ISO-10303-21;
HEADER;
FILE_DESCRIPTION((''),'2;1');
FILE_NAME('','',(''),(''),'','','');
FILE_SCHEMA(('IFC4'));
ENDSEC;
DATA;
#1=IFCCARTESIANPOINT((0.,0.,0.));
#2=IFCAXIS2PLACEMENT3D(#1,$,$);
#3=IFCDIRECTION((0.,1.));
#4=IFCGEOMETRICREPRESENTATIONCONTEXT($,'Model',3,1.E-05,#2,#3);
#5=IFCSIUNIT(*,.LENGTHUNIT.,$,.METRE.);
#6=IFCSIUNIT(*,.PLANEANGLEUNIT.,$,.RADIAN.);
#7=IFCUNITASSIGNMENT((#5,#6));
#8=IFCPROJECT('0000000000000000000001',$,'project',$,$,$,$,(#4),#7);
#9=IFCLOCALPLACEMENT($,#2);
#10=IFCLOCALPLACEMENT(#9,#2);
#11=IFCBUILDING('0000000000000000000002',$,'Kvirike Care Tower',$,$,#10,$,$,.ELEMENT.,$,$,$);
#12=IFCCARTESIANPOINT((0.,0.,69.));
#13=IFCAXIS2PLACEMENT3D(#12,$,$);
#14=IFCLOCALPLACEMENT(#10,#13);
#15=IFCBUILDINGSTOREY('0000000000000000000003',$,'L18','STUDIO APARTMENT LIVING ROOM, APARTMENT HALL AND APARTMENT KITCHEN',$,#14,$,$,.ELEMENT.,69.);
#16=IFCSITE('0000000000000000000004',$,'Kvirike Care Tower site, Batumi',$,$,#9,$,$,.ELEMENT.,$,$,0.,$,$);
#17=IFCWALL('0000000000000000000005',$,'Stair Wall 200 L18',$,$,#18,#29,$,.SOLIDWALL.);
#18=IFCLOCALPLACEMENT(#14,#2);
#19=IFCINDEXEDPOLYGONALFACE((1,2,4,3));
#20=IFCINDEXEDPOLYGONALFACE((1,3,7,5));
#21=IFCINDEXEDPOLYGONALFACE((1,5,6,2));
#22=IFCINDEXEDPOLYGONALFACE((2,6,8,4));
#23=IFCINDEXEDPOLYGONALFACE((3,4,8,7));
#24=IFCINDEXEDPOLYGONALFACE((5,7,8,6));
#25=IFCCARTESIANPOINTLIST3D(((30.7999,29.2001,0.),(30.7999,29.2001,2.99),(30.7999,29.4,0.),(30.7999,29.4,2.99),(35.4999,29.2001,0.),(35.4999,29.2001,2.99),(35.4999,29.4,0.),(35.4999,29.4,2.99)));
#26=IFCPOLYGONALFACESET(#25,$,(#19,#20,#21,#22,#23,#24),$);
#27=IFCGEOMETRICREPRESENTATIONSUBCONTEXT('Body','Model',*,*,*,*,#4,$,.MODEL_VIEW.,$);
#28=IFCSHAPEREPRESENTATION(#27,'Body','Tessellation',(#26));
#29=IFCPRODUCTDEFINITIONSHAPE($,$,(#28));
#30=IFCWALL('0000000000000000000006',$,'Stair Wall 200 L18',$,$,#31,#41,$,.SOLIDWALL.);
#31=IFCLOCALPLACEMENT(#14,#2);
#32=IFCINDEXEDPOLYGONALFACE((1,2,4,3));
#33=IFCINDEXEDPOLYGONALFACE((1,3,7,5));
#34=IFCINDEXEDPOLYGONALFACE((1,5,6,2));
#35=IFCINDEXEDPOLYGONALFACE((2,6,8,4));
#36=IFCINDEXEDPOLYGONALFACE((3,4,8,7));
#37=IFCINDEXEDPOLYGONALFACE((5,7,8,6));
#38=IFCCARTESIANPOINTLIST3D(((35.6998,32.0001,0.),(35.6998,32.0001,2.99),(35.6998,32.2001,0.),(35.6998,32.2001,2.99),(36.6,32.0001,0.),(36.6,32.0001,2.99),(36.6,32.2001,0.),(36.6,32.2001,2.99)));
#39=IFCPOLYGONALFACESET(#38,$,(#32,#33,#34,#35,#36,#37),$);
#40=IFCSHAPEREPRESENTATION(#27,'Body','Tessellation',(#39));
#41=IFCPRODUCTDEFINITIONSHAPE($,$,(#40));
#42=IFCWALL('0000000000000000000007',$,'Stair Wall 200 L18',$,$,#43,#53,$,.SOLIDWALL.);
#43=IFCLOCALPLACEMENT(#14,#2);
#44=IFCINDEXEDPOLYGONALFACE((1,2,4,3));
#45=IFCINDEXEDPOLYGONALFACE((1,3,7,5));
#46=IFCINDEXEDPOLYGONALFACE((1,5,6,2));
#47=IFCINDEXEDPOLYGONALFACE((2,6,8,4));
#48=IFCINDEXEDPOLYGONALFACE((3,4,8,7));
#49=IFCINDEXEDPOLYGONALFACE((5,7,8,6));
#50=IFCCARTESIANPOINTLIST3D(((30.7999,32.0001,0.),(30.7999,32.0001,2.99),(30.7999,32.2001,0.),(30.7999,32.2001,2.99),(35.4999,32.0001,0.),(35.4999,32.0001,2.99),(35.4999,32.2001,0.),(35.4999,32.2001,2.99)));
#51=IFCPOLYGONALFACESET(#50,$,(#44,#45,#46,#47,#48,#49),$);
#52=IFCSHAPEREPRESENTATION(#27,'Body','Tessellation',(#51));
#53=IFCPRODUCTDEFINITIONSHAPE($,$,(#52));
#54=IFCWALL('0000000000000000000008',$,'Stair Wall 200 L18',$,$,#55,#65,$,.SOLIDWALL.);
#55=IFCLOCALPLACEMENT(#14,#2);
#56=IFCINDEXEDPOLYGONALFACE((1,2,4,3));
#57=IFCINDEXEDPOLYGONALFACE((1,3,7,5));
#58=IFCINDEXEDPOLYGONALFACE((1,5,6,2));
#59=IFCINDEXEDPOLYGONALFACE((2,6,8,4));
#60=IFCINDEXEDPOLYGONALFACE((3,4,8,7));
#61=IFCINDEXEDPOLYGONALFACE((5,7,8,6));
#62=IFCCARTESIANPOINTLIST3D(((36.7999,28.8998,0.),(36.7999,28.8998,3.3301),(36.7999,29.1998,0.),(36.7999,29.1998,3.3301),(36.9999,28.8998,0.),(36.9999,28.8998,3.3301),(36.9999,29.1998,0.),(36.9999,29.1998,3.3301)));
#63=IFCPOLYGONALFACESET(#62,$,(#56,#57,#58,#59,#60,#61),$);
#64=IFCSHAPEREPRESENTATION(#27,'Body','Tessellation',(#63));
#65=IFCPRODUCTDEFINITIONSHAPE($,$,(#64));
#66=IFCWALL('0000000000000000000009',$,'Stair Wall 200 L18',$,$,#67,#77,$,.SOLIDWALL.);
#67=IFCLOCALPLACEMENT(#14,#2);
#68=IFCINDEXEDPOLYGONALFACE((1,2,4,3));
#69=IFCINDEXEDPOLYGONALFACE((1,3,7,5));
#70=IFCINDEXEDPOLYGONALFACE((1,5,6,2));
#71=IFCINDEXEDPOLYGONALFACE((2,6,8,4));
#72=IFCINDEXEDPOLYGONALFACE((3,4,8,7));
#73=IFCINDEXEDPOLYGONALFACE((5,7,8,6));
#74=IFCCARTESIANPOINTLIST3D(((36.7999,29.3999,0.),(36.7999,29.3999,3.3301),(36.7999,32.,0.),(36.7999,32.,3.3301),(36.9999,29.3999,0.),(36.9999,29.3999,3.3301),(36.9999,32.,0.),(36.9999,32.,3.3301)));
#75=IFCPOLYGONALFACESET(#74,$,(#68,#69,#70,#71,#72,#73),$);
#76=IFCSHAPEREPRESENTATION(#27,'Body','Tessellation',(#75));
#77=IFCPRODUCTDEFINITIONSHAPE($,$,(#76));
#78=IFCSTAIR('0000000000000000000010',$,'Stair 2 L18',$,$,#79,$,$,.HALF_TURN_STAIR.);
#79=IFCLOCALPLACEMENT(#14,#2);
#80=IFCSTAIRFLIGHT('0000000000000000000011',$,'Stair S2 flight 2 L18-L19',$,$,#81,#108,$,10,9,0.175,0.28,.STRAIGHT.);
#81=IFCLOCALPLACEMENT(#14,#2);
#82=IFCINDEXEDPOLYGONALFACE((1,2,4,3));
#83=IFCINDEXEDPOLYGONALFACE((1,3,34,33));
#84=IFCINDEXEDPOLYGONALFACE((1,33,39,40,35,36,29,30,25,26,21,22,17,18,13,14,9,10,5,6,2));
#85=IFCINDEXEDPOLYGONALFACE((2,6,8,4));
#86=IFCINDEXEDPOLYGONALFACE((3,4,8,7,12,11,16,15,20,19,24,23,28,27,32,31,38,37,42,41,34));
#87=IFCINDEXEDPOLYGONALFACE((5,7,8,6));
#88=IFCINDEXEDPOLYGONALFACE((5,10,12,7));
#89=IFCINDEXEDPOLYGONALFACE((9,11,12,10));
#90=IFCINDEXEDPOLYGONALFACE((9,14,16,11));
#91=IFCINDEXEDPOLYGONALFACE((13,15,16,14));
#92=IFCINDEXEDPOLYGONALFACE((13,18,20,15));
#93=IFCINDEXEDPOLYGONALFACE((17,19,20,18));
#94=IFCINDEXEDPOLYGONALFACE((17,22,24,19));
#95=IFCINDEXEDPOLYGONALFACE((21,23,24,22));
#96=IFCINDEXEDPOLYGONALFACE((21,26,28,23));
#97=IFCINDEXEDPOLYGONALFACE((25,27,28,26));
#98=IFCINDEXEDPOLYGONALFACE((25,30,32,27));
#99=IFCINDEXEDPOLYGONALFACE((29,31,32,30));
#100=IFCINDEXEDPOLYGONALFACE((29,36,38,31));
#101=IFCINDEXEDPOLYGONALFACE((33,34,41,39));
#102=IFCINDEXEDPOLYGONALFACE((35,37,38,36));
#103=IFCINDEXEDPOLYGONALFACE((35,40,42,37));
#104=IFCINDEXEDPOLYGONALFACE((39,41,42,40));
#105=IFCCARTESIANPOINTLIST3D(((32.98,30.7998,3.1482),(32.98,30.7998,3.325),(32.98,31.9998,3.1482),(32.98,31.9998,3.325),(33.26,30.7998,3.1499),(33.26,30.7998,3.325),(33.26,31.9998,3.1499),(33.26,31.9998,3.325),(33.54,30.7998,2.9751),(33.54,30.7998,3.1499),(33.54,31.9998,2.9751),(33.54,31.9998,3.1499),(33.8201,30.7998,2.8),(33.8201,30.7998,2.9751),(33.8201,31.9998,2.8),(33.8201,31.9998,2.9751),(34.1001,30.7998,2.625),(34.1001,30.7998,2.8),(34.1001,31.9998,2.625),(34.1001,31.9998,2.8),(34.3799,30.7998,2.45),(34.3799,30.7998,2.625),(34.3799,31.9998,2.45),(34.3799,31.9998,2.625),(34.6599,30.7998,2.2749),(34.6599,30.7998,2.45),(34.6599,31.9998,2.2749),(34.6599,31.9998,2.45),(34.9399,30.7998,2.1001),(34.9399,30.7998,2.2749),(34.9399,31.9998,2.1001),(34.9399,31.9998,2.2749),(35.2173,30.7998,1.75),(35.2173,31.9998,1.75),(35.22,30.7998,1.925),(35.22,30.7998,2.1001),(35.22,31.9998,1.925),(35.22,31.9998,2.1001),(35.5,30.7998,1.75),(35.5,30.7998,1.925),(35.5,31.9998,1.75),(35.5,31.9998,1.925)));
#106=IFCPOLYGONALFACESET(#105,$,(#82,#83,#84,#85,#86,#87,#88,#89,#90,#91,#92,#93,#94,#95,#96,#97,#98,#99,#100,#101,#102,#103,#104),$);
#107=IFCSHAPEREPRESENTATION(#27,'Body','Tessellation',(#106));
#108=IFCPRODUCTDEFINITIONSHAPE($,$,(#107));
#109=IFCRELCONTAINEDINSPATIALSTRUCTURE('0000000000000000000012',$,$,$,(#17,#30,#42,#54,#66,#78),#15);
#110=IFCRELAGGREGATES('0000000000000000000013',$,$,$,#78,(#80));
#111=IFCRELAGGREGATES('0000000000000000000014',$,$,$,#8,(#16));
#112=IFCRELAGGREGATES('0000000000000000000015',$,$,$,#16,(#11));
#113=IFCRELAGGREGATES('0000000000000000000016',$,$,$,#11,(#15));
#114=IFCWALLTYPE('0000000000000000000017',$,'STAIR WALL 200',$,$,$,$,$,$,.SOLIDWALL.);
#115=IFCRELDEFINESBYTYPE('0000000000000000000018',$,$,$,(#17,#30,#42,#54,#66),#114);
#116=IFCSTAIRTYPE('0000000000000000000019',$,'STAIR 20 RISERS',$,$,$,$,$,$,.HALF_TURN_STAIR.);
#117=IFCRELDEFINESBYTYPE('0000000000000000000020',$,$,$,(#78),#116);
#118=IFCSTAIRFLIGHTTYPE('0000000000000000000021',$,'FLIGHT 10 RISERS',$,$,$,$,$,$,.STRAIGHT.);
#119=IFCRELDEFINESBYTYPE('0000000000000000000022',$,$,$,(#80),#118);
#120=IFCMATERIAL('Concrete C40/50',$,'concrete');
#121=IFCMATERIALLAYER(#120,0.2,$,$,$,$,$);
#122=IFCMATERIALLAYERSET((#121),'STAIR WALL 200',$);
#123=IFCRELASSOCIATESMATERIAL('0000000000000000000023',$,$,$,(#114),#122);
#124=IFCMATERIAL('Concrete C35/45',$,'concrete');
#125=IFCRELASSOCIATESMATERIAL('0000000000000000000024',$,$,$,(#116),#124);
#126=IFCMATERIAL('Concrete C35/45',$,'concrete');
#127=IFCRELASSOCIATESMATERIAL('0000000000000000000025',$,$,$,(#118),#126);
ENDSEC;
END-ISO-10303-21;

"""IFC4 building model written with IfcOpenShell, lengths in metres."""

from ifc_helpers import new_model, si_unit, direction, frame, frame_2d, origin, place, context, subcontext, project, spatial, polyline, rectangle, outline, extrude, material, layer, layer_set, type_object, element, aggregate, save


model = new_model("IFC4")

# Units and contexts
model_context = context("Model", 3, precision=1e-05, world=origin(), true_north=direction((0.0, 1.0)))
body_context = subcontext(model_context, "Body", "Model", "MODEL_VIEW")
ifc_project = project(units=[si_unit("LENGTHUNIT", "METRE"), si_unit("PLANEANGLEUNIT", "RADIAN")], contexts=[model_context])

# Site, building, storey
site_placement = place(None, origin())
site = spatial("IfcSite", under=ifc_project, at=site_placement, Name="Kvirike Care Tower site, Batumi", CompositionType="ELEMENT", RefElevation=0.0)
building_placement = place(site_placement, origin())
building = spatial("IfcBuilding", under=site, at=building_placement, Name="Kvirike Care Tower", CompositionType="ELEMENT")
storey_placement = place(building_placement, frame((0.0, 0.0, 69.0)))
storey = spatial("IfcBuildingStorey", under=building, at=storey_placement, Name="L18", Description="STUDIO APARTMENT LIVING ROOM, APARTMENT HALL AND APARTMENT KITCHEN", CompositionType="ELEMENT", Elevation=69.0)

# Walls
ifc_material_1 = material(Name="Concrete C40/50", Category="concrete")
ifc_layer_1 = layer(ifc_material_1, 0.2)
ifc_layer_set_1 = layer_set([ifc_layer_1], Name="STAIR WALL 200")
wall_type_1 = type_object("IfcWallType", Name="STAIR WALL 200", PredefinedType="SOLIDWALL", material=ifc_layer_set_1)
wall_1_placement = place(storey_placement, frame((35.5, 29.3, 0.0), z_axis=(0.0, 0.0, 1.0), x_axis=(-1.0, 0.0, 0.0)))
element("IfcWall", 1, at=wall_1_placement, inside=storey, type_object=wall_type_1, Name="Stair Wall 200 L18", PredefinedType="SOLIDWALL", context=body_context, shape_type="SweptSolid", body=[
    extrude(rectangle(XDim=4.7, YDim=0.2, at=frame_2d((2.3501, 0.0))), origin(), (0.0, 0.0, 1.0), 2.99),
])
wall_2_placement = place(storey_placement, frame((36.6001, 32.1001, 0.0), z_axis=(0.0, 0.0, 1.0), x_axis=(-1.0, 0.0, 0.0)))
element("IfcWall", 2, at=wall_2_placement, inside=storey, type_object=wall_type_1, Name="Stair Wall 200 L18", PredefinedType="SOLIDWALL", context=body_context, shape_type="SweptSolid", body=[
    extrude(rectangle(XDim=0.9001, YDim=0.2, at=frame_2d((0.4502, 0.0))), origin(), (0.0, 0.0, 1.0), 2.99),
])
wall_3_placement = place(storey_placement, frame((35.5, 32.1001, 0.0), z_axis=(0.0, 0.0, 1.0), x_axis=(-1.0, 0.0, 0.0)))
element("IfcWall", 3, at=wall_3_placement, inside=storey, type_object=wall_type_1, Name="Stair Wall 200 L18", PredefinedType="SOLIDWALL", context=body_context, shape_type="SweptSolid", body=[
    extrude(rectangle(XDim=4.7, YDim=0.2, at=frame_2d((2.3501, 0.0))), origin(), (0.0, 0.0, 1.0), 2.99),
])
wall_4_placement = place(storey_placement, frame((36.8999, 28.8999, 0.0), z_axis=(0.0, 0.0, 1.0), x_axis=(0.0, 1.0, 0.0)))
element("IfcWall", 4, at=wall_4_placement, inside=storey, type_object=wall_type_1, Name="Stair Wall 200 L18", PredefinedType="SOLIDWALL", context=body_context, shape_type="SweptSolid", body=[
    extrude(rectangle(XDim=0.3, YDim=0.2, at=frame_2d((0.1499, 0.0))), origin(), (0.0, 0.0, 1.0), 3.3301),
])
wall_5_placement = place(storey_placement, frame((36.8999, 29.3999, 0.0), z_axis=(0.0, 0.0, 1.0), x_axis=(0.0, 1.0, 0.0)))
element("IfcWall", 5, at=wall_5_placement, inside=storey, type_object=wall_type_1, Name="Stair Wall 200 L18", PredefinedType="SOLIDWALL", context=body_context, shape_type="SweptSolid", body=[
    extrude(rectangle(XDim=2.6001, YDim=0.2, at=frame_2d((1.3, 0.0))), origin(), (0.0, 0.0, 1.0), 3.3301),
])

# Stair, stair flight
ifc_material_2 = material(Name="Concrete C35/45", Category="concrete")
stair_type = type_object("IfcStairType", Name="STAIR 20 RISERS", PredefinedType="HALF_TURN_STAIR", material=ifc_material_2)
stair_placement = place(storey_placement, origin())
stair = element("IfcStair", 6, at=stair_placement, inside=storey, type_object=stair_type, Name="Stair 2 L18", PredefinedType="HALF_TURN_STAIR")
ifc_material_3 = material(Name="Concrete C35/45", Category="concrete")
stair_flight_type = type_object("IfcStairFlightType", Name="FLIGHT 10 RISERS", PredefinedType="STRAIGHT", material=ifc_material_3)
stair_flight_placement = place(storey_placement, frame((35.5, 31.3999, 1.75), z_axis=(0.0, 0.0, 1.0), x_axis=(-1.0, 0.0, 0.0)))
stair_flight = element("IfcStairFlight", 7, at=stair_flight_placement, type_object=stair_flight_type, Name="Stair S2 flight 2 L18-L19", NumberOfRisers=10, NumberOfTreads=9, PredefinedType="STRAIGHT", RiserHeight=0.175, TreadLength=0.28, context=body_context, shape_type="SweptSolid", body=[
    extrude(outline(polyline([(0.0, 0.0), (0.0, 0.175), (0.28, 0.175), (0.28, 0.3501), (0.5601, 0.3501), (0.5601, 0.5249), (0.8401, 0.5249), (0.8401, 0.7), (1.1201, 0.7), (1.1201, 0.875), (1.3999, 0.875), (1.3999, 1.05), (1.6799, 1.05), (1.6799, 1.2251), (1.96, 1.2251), (1.96, 1.3999), (2.24, 1.3999), (2.24, 1.575), (2.52, 1.575), (2.52, 1.75), (2.52, 1.3982), (0.2827, 0.0), (0.0, 0.0)])), frame((0.0, 0.6001, 0.0), z_axis=(0.0, -1.0, 0.0), x_axis=(1.0, 0.0, 0.0)), (0.0, 0.0, 1.0), 1.2),
])
aggregate(stair, [stair_flight])

save(model, "model.ifc")
